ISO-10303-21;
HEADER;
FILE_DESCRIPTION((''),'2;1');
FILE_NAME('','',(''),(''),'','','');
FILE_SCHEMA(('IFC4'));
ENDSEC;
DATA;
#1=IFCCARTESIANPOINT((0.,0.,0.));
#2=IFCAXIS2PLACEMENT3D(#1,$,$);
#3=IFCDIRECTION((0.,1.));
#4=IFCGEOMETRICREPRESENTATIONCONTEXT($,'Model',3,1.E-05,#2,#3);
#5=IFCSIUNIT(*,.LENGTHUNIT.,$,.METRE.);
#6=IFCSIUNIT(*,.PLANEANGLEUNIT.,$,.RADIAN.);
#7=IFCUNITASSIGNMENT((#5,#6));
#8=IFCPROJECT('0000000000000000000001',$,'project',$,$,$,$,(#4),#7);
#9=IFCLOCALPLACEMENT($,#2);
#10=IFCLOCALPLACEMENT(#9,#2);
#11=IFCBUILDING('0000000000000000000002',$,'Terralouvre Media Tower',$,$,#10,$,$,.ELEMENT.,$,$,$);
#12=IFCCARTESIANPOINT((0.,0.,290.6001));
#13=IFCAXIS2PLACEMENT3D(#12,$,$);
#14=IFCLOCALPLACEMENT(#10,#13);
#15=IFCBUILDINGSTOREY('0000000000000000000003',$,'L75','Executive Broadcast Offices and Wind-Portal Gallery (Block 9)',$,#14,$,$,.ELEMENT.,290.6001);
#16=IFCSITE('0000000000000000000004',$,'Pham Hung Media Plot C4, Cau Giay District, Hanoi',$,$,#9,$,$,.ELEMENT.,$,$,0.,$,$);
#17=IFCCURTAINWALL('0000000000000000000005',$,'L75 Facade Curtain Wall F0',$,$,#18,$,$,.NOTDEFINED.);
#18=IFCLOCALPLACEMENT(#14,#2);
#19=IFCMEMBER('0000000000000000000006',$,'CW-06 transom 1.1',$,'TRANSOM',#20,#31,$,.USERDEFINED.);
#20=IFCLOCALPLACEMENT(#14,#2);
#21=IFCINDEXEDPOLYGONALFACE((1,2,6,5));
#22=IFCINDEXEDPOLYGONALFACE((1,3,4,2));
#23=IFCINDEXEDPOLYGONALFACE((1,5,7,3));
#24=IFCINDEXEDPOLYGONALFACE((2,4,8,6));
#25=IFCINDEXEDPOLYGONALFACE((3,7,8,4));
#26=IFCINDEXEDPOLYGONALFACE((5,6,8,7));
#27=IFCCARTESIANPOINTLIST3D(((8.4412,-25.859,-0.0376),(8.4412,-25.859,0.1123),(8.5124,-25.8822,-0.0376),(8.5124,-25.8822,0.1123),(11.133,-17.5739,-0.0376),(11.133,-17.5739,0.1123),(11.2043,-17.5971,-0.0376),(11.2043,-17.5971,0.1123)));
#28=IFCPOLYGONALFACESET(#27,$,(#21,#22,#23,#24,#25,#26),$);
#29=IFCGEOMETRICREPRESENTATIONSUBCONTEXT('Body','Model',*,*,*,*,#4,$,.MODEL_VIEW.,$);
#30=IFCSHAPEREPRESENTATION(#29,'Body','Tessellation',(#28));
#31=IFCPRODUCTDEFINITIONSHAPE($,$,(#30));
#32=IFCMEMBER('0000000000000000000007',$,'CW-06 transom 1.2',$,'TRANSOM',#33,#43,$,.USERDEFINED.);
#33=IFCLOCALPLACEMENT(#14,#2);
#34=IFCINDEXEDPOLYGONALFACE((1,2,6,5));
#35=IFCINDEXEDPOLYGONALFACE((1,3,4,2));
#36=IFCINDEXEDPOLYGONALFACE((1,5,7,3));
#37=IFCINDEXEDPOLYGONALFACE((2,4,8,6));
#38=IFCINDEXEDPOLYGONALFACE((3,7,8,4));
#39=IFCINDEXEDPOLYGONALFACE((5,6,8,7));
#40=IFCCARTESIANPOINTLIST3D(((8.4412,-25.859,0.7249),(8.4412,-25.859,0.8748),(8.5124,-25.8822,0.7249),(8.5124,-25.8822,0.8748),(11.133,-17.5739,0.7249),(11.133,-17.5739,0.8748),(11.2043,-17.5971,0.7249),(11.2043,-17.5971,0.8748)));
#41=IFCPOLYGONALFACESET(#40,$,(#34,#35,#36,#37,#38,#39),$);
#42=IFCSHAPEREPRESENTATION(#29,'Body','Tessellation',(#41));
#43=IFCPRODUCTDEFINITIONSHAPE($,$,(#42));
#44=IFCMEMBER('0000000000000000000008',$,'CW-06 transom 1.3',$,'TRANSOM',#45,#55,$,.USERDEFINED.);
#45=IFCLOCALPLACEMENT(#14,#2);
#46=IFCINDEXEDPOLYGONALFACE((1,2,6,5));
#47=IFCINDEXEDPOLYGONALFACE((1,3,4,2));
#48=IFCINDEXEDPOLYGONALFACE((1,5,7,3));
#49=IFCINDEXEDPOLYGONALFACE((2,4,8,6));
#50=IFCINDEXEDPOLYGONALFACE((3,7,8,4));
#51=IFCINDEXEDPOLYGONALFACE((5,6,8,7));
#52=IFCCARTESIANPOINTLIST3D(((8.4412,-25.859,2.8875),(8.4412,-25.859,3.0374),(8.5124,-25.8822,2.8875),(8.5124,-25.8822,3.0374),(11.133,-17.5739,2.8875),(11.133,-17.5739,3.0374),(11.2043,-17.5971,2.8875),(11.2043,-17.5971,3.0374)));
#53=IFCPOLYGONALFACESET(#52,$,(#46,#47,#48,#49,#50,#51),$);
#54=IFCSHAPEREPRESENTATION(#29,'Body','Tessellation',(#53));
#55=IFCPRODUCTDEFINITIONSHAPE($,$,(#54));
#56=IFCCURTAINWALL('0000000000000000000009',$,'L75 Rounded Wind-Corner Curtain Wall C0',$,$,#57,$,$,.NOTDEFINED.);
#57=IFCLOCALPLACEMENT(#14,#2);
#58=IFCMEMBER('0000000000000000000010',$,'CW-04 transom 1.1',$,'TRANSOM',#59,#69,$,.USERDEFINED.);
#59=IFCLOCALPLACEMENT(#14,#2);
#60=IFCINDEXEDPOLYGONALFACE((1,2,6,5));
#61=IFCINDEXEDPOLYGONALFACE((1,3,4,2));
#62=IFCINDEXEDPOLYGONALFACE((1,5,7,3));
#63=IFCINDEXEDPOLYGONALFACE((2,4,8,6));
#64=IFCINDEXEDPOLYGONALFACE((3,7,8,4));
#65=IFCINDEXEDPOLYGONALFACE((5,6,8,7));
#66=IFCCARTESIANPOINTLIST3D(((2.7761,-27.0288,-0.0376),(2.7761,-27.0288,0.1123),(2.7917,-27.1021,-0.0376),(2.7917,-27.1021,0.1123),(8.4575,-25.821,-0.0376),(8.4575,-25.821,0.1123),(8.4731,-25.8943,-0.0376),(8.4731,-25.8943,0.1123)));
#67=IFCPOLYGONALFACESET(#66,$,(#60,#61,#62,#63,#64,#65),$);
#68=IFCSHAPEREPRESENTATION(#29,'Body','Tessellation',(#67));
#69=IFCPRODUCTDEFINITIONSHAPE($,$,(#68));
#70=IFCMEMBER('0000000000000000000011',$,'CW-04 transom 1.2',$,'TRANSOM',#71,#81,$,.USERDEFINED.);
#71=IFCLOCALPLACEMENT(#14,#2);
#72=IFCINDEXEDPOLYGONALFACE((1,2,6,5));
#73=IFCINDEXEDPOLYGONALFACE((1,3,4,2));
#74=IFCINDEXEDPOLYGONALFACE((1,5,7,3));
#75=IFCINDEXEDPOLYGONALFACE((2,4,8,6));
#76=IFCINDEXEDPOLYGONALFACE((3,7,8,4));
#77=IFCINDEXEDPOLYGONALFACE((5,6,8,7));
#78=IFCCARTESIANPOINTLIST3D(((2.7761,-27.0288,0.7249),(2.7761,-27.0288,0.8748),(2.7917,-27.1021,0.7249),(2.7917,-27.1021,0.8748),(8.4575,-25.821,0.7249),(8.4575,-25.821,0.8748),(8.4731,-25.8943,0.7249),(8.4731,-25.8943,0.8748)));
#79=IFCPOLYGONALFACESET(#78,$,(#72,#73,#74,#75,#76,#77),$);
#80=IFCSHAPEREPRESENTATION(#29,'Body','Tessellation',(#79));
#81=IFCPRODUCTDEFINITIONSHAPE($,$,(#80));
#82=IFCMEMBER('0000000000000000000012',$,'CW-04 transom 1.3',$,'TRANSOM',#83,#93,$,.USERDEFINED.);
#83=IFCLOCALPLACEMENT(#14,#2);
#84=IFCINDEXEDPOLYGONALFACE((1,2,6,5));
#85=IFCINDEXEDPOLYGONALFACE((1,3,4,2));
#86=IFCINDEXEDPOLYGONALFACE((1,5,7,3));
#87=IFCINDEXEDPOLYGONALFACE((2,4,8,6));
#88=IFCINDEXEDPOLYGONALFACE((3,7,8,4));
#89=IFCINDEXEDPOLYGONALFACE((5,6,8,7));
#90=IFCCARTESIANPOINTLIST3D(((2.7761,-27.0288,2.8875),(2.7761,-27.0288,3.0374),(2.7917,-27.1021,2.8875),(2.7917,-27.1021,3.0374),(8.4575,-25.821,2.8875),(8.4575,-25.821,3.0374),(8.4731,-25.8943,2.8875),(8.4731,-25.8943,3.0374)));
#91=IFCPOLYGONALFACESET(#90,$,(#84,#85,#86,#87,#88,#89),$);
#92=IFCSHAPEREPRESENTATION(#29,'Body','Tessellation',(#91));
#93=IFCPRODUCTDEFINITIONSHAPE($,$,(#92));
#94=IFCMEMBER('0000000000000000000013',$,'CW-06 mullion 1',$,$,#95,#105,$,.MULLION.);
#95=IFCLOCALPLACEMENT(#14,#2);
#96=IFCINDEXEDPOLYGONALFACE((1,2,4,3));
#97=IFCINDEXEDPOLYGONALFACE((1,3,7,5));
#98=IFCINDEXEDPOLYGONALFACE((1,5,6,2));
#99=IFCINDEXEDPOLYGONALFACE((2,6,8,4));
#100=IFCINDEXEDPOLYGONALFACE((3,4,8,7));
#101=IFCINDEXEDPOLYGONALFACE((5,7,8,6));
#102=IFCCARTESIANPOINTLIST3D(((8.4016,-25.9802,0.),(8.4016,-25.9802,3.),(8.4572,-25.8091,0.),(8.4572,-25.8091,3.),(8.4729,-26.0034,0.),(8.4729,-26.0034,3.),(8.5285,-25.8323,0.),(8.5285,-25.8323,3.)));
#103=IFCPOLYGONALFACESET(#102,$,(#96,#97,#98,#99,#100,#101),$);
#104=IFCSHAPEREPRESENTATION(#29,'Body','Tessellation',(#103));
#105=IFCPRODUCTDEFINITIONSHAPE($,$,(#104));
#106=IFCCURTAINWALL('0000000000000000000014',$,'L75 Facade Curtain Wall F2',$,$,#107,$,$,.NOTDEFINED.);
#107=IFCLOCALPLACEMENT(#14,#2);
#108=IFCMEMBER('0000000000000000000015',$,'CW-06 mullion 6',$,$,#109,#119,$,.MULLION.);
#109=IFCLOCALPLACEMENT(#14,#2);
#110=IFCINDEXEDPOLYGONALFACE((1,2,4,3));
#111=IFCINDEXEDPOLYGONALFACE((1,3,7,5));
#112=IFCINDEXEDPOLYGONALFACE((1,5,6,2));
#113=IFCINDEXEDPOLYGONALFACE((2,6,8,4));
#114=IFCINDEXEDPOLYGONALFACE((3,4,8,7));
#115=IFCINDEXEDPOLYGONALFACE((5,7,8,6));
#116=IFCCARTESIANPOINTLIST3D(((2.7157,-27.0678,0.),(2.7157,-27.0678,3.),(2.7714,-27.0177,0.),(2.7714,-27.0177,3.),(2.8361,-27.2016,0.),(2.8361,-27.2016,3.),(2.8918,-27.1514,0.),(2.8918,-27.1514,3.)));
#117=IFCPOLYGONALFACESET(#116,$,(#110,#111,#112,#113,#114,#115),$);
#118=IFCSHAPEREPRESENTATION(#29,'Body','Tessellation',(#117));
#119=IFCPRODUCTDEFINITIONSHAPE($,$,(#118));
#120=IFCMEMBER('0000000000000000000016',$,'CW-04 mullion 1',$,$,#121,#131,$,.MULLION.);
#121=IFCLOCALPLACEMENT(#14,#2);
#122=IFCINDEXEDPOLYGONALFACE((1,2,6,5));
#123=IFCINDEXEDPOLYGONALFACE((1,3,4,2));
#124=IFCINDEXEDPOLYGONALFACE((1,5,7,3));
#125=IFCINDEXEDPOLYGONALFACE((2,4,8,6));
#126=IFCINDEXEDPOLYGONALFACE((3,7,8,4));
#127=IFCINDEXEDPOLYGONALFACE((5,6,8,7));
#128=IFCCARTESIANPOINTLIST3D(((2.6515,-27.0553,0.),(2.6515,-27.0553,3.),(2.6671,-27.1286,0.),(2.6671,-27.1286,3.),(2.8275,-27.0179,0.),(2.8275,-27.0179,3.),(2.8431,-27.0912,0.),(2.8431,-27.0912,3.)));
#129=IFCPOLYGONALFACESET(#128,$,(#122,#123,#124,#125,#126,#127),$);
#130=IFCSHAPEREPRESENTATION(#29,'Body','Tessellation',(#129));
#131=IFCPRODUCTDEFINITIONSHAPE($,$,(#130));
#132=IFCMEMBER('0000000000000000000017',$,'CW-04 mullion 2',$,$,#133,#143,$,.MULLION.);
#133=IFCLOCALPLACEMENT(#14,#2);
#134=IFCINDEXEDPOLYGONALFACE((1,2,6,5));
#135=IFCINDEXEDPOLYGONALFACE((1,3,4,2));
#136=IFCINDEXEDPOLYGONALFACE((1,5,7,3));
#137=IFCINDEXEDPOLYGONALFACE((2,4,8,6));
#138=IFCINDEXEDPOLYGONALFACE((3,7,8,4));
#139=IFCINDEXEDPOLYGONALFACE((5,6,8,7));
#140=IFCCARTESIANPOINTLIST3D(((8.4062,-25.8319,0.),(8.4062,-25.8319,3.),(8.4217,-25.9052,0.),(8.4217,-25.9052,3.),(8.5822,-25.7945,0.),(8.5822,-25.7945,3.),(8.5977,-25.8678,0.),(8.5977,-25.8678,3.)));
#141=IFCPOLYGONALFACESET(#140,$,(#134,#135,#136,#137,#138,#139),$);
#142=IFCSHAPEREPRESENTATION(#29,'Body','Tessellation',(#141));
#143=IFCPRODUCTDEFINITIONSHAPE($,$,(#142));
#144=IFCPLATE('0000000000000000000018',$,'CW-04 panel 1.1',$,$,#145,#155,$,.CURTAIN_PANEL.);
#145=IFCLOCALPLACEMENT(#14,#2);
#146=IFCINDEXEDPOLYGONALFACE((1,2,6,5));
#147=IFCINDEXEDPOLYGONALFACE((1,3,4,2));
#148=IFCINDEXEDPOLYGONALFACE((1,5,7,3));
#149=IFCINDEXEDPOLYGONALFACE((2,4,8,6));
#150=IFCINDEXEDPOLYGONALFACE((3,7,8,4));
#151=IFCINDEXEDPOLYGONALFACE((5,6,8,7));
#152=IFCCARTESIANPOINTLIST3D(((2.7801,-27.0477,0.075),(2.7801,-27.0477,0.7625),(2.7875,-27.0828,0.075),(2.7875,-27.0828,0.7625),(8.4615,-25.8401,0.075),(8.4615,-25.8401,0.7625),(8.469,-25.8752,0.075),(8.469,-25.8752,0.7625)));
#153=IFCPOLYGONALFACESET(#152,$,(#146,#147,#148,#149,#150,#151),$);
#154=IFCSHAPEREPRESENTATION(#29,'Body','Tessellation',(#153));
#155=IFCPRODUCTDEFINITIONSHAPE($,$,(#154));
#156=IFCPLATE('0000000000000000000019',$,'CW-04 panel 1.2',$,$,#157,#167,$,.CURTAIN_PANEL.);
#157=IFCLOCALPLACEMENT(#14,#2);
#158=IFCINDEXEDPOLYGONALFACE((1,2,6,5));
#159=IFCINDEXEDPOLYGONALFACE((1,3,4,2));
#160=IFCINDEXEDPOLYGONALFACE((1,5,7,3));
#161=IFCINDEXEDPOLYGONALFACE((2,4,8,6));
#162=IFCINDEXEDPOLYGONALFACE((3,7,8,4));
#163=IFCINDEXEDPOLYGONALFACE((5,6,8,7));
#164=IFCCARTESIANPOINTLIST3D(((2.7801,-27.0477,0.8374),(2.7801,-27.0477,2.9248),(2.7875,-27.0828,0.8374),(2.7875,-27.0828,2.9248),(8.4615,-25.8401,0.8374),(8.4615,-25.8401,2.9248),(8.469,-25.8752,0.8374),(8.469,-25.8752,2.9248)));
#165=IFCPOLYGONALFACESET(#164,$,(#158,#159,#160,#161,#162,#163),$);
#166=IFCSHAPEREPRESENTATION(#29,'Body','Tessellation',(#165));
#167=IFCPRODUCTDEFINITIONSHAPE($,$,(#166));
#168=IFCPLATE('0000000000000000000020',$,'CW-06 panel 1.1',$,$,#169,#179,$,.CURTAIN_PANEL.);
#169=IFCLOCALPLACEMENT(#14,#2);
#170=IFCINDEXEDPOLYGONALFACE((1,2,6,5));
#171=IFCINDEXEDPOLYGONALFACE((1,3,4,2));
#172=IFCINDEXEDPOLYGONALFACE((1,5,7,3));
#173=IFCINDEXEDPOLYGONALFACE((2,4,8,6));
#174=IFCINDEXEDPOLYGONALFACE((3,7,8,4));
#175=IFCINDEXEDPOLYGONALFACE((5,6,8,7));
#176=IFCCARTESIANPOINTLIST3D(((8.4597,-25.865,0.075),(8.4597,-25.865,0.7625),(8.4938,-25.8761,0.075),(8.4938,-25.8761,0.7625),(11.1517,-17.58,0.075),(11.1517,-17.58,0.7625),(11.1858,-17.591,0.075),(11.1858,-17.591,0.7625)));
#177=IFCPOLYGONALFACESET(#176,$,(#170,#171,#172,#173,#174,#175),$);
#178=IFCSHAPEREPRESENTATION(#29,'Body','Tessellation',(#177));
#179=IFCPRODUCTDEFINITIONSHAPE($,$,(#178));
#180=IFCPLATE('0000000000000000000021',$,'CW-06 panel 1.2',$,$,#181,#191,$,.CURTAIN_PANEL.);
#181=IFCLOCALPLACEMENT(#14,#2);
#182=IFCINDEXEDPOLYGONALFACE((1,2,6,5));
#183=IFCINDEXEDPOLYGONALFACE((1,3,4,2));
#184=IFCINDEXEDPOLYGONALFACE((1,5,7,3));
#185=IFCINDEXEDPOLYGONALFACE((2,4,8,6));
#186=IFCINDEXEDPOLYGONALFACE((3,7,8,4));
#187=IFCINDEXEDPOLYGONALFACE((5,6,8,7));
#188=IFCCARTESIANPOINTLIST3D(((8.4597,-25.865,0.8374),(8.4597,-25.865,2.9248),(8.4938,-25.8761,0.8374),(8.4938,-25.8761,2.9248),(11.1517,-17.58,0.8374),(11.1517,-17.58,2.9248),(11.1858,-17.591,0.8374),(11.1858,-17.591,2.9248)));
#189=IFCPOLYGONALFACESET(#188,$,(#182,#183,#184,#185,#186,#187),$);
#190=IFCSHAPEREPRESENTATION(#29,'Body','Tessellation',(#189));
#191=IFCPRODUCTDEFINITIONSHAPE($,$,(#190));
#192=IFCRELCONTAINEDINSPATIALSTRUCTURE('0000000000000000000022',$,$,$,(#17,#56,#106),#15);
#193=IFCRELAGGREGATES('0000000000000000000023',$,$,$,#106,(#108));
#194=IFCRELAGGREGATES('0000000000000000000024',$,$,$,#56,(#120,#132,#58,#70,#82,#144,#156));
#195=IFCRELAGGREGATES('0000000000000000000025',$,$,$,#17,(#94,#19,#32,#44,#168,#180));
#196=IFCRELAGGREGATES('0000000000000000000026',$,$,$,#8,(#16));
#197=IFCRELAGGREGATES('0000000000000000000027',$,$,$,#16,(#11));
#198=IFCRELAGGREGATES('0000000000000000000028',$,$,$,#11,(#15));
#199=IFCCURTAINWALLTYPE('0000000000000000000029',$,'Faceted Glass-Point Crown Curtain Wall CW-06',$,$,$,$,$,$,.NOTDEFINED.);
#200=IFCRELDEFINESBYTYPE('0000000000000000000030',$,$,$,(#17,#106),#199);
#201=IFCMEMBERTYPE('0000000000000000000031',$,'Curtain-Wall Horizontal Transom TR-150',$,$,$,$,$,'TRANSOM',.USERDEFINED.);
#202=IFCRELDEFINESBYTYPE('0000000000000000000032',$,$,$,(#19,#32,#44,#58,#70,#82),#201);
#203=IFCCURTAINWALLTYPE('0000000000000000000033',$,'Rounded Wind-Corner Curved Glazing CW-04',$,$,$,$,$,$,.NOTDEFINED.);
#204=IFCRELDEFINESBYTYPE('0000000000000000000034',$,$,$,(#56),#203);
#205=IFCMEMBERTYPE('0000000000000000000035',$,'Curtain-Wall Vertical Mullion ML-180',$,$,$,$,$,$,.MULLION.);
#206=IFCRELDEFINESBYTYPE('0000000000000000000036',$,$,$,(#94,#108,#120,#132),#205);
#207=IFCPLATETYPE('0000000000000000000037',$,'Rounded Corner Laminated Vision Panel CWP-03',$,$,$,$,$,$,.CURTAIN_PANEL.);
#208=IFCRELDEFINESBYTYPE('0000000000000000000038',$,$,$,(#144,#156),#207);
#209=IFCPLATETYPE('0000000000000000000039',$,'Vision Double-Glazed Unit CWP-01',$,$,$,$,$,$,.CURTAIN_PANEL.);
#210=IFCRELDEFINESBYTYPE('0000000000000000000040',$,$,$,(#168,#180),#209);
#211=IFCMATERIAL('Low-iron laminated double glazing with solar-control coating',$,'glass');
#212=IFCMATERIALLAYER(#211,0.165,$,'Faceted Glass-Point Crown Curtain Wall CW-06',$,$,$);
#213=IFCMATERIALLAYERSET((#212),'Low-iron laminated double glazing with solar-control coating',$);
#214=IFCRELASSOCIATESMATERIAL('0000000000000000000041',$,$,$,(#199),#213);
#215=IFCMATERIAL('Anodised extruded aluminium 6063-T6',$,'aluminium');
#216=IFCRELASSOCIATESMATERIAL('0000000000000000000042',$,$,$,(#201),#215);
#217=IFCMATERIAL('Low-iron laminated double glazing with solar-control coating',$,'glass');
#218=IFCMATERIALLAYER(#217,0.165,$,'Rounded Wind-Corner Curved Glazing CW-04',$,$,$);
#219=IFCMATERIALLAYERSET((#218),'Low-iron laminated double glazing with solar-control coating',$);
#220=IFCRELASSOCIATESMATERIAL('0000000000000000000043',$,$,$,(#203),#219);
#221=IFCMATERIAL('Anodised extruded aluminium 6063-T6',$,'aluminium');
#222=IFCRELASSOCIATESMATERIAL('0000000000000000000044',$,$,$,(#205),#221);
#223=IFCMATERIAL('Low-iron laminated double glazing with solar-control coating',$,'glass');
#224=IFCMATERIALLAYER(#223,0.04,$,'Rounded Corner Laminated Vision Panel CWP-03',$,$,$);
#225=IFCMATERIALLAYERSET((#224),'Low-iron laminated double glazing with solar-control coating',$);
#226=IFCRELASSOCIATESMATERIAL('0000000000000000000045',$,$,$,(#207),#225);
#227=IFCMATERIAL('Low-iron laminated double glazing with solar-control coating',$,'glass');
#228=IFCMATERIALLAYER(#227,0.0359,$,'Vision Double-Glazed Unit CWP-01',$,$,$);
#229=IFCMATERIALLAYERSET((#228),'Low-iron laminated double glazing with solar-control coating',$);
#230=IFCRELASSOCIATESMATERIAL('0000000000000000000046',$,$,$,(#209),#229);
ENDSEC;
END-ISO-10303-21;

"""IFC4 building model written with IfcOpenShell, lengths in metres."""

from ifc_helpers import new_model, si_unit, direction, frame, origin, origin_2d, place, context, subcontext, project, spatial, rectangle, extrude, material, layer, layer_set, material_profile, profile_set, type_object, element, aggregate, save


model = new_model("IFC4")

# Units and contexts
model_context = context("Model", 3, precision=1e-05, world=origin(), true_north=direction((0.0, 1.0)))
body_context = subcontext(model_context, "Body", "Model", "MODEL_VIEW")
ifc_project = project(units=[si_unit("LENGTHUNIT", "METRE"), si_unit("PLANEANGLEUNIT", "RADIAN")], contexts=[model_context])

# Site, building, storey
site_placement = place(None, origin())
site = spatial("IfcSite", under=ifc_project, at=site_placement, Name="Pham Hung Media Plot C4, Cau Giay District, Hanoi", CompositionType="ELEMENT", RefElevation=0.0)
building_placement = place(site_placement, origin())
building = spatial("IfcBuilding", under=site, at=building_placement, Name="Terralouvre Media Tower", CompositionType="ELEMENT")
storey_placement = place(building_placement, frame((0.0, 0.0, 290.6001)))
storey = spatial("IfcBuildingStorey", under=building, at=storey_placement, Name="L75", Description="Executive Broadcast Offices and Wind-Portal Gallery (Block 9)", CompositionType="ELEMENT", Elevation=290.6001)

# Curtain walls, members
ifc_material_1 = material(Name="Low-iron laminated double glazing with solar-control coating", Category="glass")
ifc_layer_1 = layer(ifc_material_1, 0.165, Name="Faceted Glass-Point Crown Curtain Wall CW-06")
ifc_layer_set_1 = layer_set([ifc_layer_1], Name="Low-iron laminated double glazing with solar-control coating")
curtain_wall_type_1 = type_object("IfcCurtainWallType", Name="Faceted Glass-Point Crown Curtain Wall CW-06", PredefinedType="NOTDEFINED", material=ifc_layer_set_1)
curtain_wall_1_placement = place(storey_placement, origin())
curtain_wall_1 = element("IfcCurtainWall", 1, at=curtain_wall_1_placement, inside=storey, type_object=curtain_wall_type_1, Name="L75 Facade Curtain Wall F0", PredefinedType="NOTDEFINED")
ifc_material_2 = material(Name="Anodised extruded aluminium 6063-T6", Category="aluminium")
ifc_material_profile_1 = material_profile(ifc_material_2, rectangle(XDim=0.075, YDim=0.1499, at=origin_2d()), Name="ALU 75x150")
ifc_profile_set_1 = profile_set([ifc_material_profile_1], Name="Anodised extruded aluminium 6063-T6")
member_type_1 = type_object("IfcMemberType", Name="Curtain-Wall Horizontal Transom TR-150", ElementType="TRANSOM", PredefinedType="USERDEFINED", material=ifc_profile_set_1)
member_1_placement = place(storey_placement, frame((8.4768, -25.8706, 0.0374), z_axis=(0.309005, 0.95106, 0.0), x_axis=(-0.95106, 0.309005, 0.0)))
member_1 = element("IfcMember", 2, at=member_1_placement, type_object=member_type_1, Name="CW-06 transom 1.1", ObjectType="TRANSOM", PredefinedType="USERDEFINED", context=body_context, shape_type="SweptSolid", body=[
    extrude(rectangle(XDim=0.075, YDim=0.1499, at=origin_2d()), origin(), (0.0, 0.0, 1.0), 8.7114),
])
member_2_placement = place(storey_placement, frame((8.4768, -25.8706, 0.7998), z_axis=(0.309005, 0.95106, 0.0), x_axis=(-0.95106, 0.309005, 0.0)))
member_2 = element("IfcMember", 3, at=member_2_placement, type_object=member_type_1, Name="CW-06 transom 1.2", ObjectType="TRANSOM", PredefinedType="USERDEFINED", context=body_context, shape_type="SweptSolid", body=[
    extrude(rectangle(XDim=0.075, YDim=0.1499, at=origin_2d()), origin(), (0.0, 0.0, 1.0), 8.7114),
])
member_3_placement = place(storey_placement, frame((8.4768, -25.8706, 2.9624), z_axis=(0.309005, 0.95106, 0.0), x_axis=(-0.95106, 0.309005, 0.0)))
member_3 = element("IfcMember", 4, at=member_3_placement, type_object=member_type_1, Name="CW-06 transom 1.3", ObjectType="TRANSOM", PredefinedType="USERDEFINED", context=body_context, shape_type="SweptSolid", body=[
    extrude(rectangle(XDim=0.075, YDim=0.1499, at=origin_2d()), origin(), (0.0, 0.0, 1.0), 8.7114),
])
ifc_material_3 = material(Name="Low-iron laminated double glazing with solar-control coating", Category="glass")
ifc_layer_2 = layer(ifc_material_3, 0.165, Name="Rounded Wind-Corner Curved Glazing CW-04")
ifc_layer_set_2 = layer_set([ifc_layer_2], Name="Low-iron laminated double glazing with solar-control coating")
curtain_wall_type_2 = type_object("IfcCurtainWallType", Name="Rounded Wind-Corner Curved Glazing CW-04", PredefinedType="NOTDEFINED", material=ifc_layer_set_2)
curtain_wall_2_placement = place(storey_placement, origin())
curtain_wall_2 = element("IfcCurtainWall", 5, at=curtain_wall_2_placement, inside=storey, type_object=curtain_wall_type_2, Name="L75 Rounded Wind-Corner Curtain Wall C0", PredefinedType="NOTDEFINED")
member_4_placement = place(storey_placement, frame((2.7839, -27.0654, 0.0374), z_axis=(0.978143, 0.207936, 0.0), x_axis=(-0.207936, 0.978143, 0.0)))
member_4 = element("IfcMember", 6, at=member_4_placement, type_object=member_type_1, Name="CW-04 transom 1.1", ObjectType="TRANSOM", PredefinedType="USERDEFINED", context=body_context, shape_type="SweptSolid", body=[
    extrude(rectangle(XDim=0.075, YDim=0.1499, at=origin_2d()), origin(), (0.0, 0.0, 1.0), 5.8083),
])
member_5_placement = place(storey_placement, frame((2.7839, -27.0654, 0.7998), z_axis=(0.978143, 0.207936, 0.0), x_axis=(-0.207936, 0.978143, 0.0)))
member_5 = element("IfcMember", 7, at=member_5_placement, type_object=member_type_1, Name="CW-04 transom 1.2", ObjectType="TRANSOM", PredefinedType="USERDEFINED", context=body_context, shape_type="SweptSolid", body=[
    extrude(rectangle(XDim=0.075, YDim=0.1499, at=origin_2d()), origin(), (0.0, 0.0, 1.0), 5.8083),
])
member_6_placement = place(storey_placement, frame((2.7839, -27.0654, 2.9624), z_axis=(0.978143, 0.207936, 0.0), x_axis=(-0.207936, 0.978143, 0.0)))
member_6 = element("IfcMember", 8, at=member_6_placement, type_object=member_type_1, Name="CW-04 transom 1.3", ObjectType="TRANSOM", PredefinedType="USERDEFINED", context=body_context, shape_type="SweptSolid", body=[
    extrude(rectangle(XDim=0.075, YDim=0.1499, at=origin_2d()), origin(), (0.0, 0.0, 1.0), 5.8083),
])

# Member
ifc_material_4 = material(Name="Anodised extruded aluminium 6063-T6", Category="aluminium")
ifc_material_profile_2 = material_profile(ifc_material_4, rectangle(XDim=0.075, YDim=0.1799, at=origin_2d()), Name="ALU 75x180")
ifc_profile_set_2 = profile_set([ifc_material_profile_2], Name="Anodised extruded aluminium 6063-T6")
member_type_2 = type_object("IfcMemberType", Name="Curtain-Wall Vertical Mullion ML-180", PredefinedType="MULLION", material=ifc_profile_set_2)
member_7_placement = place(storey_placement, frame((8.4651, -25.9062, 0.0), z_axis=(0.0, 0.0, 1.0), x_axis=(-0.951057, 0.309017, 0.0)))
member_7 = element("IfcMember", 9, at=member_7_placement, type_object=member_type_2, Name="CW-06 mullion 1", PredefinedType="MULLION", context=body_context, shape_type="SweptSolid", body=[
    extrude(rectangle(XDim=0.075, YDim=0.1799, at=origin_2d()), origin(), (0.0, 0.0, 1.0), 3.0),
])

# Curtain wall, member
curtain_wall_3_placement = place(storey_placement, origin())
curtain_wall_3 = element("IfcCurtainWall", 10, at=curtain_wall_3_placement, inside=storey, type_object=curtain_wall_type_1, Name="L75 Facade Curtain Wall F2", PredefinedType="NOTDEFINED")
member_8_placement = place(storey_placement, frame((2.8037, -27.1096, 0.0), z_axis=(0.0, 0.0, 1.0), x_axis=(0.743145, 0.669131, 0.0)))
member_8 = element("IfcMember", 11, at=member_8_placement, type_object=member_type_2, Name="CW-06 mullion 6", PredefinedType="MULLION", context=body_context, shape_type="SweptSolid", body=[
    extrude(rectangle(XDim=0.075, YDim=0.1799, at=origin_2d()), origin(), (0.0, 0.0, 1.0), 3.0),
])
aggregate(curtain_wall_3, [member_8])

# Members
member_9_placement = place(storey_placement, frame((2.7473, -27.0732, 0.0), z_axis=(0.0, 0.0, 1.0), x_axis=(-0.207912, 0.978148, 0.0)))
member_9 = element("IfcMember", 12, at=member_9_placement, type_object=member_type_2, Name="CW-04 mullion 1", PredefinedType="MULLION", context=body_context, shape_type="SweptSolid", body=[
    extrude(rectangle(XDim=0.075, YDim=0.1799, at=origin_2d()), origin(), (0.0, 0.0, 1.0), 3.0),
])
member_10_placement = place(storey_placement, frame((8.502, -25.8499, 0.0), z_axis=(0.0, 0.0, 1.0), x_axis=(-0.207912, 0.978148, 0.0)))
member_10 = element("IfcMember", 13, at=member_10_placement, type_object=member_type_2, Name="CW-04 mullion 2", PredefinedType="MULLION", context=body_context, shape_type="SweptSolid", body=[
    extrude(rectangle(XDim=0.075, YDim=0.1799, at=origin_2d()), origin(), (0.0, 0.0, 1.0), 3.0),
])

# Plates
ifc_material_5 = material(Name="Low-iron laminated double glazing with solar-control coating", Category="glass")
ifc_layer_3 = layer(ifc_material_5, 0.04, Name="Rounded Corner Laminated Vision Panel CWP-03")
ifc_layer_set_3 = layer_set([ifc_layer_3], Name="Low-iron laminated double glazing with solar-control coating")
plate_type_1 = type_object("IfcPlateType", Name="Rounded Corner Laminated Vision Panel CWP-03", PredefinedType="CURTAIN_PANEL", material=ifc_layer_set_3)
plate_1_placement = place(storey_placement, frame((5.6245, -26.4614, 0.075), z_axis=(0.0, 0.0, 1.0), x_axis=(0.978148, 0.207912, 0.0)))
plate_1 = element("IfcPlate", 14, at=plate_1_placement, type_object=plate_type_1, Name="CW-04 panel 1.1", PredefinedType="CURTAIN_PANEL", context=body_context, shape_type="SweptSolid", body=[
    extrude(rectangle(XDim=5.8083, YDim=0.0359, at=origin_2d()), origin(), (0.0, 0.0, 1.0), 0.6875),
])
plate_2_placement = place(storey_placement, frame((5.6245, -26.4614, 0.8374), z_axis=(0.0, 0.0, 1.0), x_axis=(0.978148, 0.207912, 0.0)))
plate_2 = element("IfcPlate", 15, at=plate_2_placement, type_object=plate_type_1, Name="CW-04 panel 1.2", PredefinedType="CURTAIN_PANEL", context=body_context, shape_type="SweptSolid", body=[
    extrude(rectangle(XDim=5.8083, YDim=0.0359, at=origin_2d()), origin(), (0.0, 0.0, 1.0), 2.0874),
])
aggregate(curtain_wall_2, [member_9, member_10, member_4, member_5, member_6, plate_1, plate_2])
ifc_material_6 = material(Name="Low-iron laminated double glazing with solar-control coating", Category="glass")
ifc_layer_4 = layer(ifc_material_6, 0.0359, Name="Vision Double-Glazed Unit CWP-01")
ifc_layer_set_4 = layer_set([ifc_layer_4], Name="Low-iron laminated double glazing with solar-control coating")
plate_type_2 = type_object("IfcPlateType", Name="Vision Double-Glazed Unit CWP-01", PredefinedType="CURTAIN_PANEL", material=ifc_layer_set_4)
plate_3_placement = place(storey_placement, frame((9.8228, -21.728, 0.075), z_axis=(0.0, 0.0, 1.0), x_axis=(0.309017, 0.951057, 0.0)))
plate_3 = element("IfcPlate", 16, at=plate_3_placement, type_object=plate_type_2, Name="CW-06 panel 1.1", PredefinedType="CURTAIN_PANEL", context=body_context, shape_type="SweptSolid", body=[
    extrude(rectangle(XDim=8.7114, YDim=0.0359, at=origin_2d()), origin(), (0.0, 0.0, 1.0), 0.6875),
])
plate_4_placement = place(storey_placement, frame((9.8228, -21.728, 0.8374), z_axis=(0.0, 0.0, 1.0), x_axis=(0.309017, 0.951057, 0.0)))
plate_4 = element("IfcPlate", 17, at=plate_4_placement, type_object=plate_type_2, Name="CW-06 panel 1.2", PredefinedType="CURTAIN_PANEL", context=body_context, shape_type="SweptSolid", body=[
    extrude(rectangle(XDim=8.7114, YDim=0.0359, at=origin_2d()), origin(), (0.0, 0.0, 1.0), 2.0874),
])
aggregate(curtain_wall_1, [member_7, member_1, member_2, member_3, plate_3, plate_4])

save(model, "model.ifc")
